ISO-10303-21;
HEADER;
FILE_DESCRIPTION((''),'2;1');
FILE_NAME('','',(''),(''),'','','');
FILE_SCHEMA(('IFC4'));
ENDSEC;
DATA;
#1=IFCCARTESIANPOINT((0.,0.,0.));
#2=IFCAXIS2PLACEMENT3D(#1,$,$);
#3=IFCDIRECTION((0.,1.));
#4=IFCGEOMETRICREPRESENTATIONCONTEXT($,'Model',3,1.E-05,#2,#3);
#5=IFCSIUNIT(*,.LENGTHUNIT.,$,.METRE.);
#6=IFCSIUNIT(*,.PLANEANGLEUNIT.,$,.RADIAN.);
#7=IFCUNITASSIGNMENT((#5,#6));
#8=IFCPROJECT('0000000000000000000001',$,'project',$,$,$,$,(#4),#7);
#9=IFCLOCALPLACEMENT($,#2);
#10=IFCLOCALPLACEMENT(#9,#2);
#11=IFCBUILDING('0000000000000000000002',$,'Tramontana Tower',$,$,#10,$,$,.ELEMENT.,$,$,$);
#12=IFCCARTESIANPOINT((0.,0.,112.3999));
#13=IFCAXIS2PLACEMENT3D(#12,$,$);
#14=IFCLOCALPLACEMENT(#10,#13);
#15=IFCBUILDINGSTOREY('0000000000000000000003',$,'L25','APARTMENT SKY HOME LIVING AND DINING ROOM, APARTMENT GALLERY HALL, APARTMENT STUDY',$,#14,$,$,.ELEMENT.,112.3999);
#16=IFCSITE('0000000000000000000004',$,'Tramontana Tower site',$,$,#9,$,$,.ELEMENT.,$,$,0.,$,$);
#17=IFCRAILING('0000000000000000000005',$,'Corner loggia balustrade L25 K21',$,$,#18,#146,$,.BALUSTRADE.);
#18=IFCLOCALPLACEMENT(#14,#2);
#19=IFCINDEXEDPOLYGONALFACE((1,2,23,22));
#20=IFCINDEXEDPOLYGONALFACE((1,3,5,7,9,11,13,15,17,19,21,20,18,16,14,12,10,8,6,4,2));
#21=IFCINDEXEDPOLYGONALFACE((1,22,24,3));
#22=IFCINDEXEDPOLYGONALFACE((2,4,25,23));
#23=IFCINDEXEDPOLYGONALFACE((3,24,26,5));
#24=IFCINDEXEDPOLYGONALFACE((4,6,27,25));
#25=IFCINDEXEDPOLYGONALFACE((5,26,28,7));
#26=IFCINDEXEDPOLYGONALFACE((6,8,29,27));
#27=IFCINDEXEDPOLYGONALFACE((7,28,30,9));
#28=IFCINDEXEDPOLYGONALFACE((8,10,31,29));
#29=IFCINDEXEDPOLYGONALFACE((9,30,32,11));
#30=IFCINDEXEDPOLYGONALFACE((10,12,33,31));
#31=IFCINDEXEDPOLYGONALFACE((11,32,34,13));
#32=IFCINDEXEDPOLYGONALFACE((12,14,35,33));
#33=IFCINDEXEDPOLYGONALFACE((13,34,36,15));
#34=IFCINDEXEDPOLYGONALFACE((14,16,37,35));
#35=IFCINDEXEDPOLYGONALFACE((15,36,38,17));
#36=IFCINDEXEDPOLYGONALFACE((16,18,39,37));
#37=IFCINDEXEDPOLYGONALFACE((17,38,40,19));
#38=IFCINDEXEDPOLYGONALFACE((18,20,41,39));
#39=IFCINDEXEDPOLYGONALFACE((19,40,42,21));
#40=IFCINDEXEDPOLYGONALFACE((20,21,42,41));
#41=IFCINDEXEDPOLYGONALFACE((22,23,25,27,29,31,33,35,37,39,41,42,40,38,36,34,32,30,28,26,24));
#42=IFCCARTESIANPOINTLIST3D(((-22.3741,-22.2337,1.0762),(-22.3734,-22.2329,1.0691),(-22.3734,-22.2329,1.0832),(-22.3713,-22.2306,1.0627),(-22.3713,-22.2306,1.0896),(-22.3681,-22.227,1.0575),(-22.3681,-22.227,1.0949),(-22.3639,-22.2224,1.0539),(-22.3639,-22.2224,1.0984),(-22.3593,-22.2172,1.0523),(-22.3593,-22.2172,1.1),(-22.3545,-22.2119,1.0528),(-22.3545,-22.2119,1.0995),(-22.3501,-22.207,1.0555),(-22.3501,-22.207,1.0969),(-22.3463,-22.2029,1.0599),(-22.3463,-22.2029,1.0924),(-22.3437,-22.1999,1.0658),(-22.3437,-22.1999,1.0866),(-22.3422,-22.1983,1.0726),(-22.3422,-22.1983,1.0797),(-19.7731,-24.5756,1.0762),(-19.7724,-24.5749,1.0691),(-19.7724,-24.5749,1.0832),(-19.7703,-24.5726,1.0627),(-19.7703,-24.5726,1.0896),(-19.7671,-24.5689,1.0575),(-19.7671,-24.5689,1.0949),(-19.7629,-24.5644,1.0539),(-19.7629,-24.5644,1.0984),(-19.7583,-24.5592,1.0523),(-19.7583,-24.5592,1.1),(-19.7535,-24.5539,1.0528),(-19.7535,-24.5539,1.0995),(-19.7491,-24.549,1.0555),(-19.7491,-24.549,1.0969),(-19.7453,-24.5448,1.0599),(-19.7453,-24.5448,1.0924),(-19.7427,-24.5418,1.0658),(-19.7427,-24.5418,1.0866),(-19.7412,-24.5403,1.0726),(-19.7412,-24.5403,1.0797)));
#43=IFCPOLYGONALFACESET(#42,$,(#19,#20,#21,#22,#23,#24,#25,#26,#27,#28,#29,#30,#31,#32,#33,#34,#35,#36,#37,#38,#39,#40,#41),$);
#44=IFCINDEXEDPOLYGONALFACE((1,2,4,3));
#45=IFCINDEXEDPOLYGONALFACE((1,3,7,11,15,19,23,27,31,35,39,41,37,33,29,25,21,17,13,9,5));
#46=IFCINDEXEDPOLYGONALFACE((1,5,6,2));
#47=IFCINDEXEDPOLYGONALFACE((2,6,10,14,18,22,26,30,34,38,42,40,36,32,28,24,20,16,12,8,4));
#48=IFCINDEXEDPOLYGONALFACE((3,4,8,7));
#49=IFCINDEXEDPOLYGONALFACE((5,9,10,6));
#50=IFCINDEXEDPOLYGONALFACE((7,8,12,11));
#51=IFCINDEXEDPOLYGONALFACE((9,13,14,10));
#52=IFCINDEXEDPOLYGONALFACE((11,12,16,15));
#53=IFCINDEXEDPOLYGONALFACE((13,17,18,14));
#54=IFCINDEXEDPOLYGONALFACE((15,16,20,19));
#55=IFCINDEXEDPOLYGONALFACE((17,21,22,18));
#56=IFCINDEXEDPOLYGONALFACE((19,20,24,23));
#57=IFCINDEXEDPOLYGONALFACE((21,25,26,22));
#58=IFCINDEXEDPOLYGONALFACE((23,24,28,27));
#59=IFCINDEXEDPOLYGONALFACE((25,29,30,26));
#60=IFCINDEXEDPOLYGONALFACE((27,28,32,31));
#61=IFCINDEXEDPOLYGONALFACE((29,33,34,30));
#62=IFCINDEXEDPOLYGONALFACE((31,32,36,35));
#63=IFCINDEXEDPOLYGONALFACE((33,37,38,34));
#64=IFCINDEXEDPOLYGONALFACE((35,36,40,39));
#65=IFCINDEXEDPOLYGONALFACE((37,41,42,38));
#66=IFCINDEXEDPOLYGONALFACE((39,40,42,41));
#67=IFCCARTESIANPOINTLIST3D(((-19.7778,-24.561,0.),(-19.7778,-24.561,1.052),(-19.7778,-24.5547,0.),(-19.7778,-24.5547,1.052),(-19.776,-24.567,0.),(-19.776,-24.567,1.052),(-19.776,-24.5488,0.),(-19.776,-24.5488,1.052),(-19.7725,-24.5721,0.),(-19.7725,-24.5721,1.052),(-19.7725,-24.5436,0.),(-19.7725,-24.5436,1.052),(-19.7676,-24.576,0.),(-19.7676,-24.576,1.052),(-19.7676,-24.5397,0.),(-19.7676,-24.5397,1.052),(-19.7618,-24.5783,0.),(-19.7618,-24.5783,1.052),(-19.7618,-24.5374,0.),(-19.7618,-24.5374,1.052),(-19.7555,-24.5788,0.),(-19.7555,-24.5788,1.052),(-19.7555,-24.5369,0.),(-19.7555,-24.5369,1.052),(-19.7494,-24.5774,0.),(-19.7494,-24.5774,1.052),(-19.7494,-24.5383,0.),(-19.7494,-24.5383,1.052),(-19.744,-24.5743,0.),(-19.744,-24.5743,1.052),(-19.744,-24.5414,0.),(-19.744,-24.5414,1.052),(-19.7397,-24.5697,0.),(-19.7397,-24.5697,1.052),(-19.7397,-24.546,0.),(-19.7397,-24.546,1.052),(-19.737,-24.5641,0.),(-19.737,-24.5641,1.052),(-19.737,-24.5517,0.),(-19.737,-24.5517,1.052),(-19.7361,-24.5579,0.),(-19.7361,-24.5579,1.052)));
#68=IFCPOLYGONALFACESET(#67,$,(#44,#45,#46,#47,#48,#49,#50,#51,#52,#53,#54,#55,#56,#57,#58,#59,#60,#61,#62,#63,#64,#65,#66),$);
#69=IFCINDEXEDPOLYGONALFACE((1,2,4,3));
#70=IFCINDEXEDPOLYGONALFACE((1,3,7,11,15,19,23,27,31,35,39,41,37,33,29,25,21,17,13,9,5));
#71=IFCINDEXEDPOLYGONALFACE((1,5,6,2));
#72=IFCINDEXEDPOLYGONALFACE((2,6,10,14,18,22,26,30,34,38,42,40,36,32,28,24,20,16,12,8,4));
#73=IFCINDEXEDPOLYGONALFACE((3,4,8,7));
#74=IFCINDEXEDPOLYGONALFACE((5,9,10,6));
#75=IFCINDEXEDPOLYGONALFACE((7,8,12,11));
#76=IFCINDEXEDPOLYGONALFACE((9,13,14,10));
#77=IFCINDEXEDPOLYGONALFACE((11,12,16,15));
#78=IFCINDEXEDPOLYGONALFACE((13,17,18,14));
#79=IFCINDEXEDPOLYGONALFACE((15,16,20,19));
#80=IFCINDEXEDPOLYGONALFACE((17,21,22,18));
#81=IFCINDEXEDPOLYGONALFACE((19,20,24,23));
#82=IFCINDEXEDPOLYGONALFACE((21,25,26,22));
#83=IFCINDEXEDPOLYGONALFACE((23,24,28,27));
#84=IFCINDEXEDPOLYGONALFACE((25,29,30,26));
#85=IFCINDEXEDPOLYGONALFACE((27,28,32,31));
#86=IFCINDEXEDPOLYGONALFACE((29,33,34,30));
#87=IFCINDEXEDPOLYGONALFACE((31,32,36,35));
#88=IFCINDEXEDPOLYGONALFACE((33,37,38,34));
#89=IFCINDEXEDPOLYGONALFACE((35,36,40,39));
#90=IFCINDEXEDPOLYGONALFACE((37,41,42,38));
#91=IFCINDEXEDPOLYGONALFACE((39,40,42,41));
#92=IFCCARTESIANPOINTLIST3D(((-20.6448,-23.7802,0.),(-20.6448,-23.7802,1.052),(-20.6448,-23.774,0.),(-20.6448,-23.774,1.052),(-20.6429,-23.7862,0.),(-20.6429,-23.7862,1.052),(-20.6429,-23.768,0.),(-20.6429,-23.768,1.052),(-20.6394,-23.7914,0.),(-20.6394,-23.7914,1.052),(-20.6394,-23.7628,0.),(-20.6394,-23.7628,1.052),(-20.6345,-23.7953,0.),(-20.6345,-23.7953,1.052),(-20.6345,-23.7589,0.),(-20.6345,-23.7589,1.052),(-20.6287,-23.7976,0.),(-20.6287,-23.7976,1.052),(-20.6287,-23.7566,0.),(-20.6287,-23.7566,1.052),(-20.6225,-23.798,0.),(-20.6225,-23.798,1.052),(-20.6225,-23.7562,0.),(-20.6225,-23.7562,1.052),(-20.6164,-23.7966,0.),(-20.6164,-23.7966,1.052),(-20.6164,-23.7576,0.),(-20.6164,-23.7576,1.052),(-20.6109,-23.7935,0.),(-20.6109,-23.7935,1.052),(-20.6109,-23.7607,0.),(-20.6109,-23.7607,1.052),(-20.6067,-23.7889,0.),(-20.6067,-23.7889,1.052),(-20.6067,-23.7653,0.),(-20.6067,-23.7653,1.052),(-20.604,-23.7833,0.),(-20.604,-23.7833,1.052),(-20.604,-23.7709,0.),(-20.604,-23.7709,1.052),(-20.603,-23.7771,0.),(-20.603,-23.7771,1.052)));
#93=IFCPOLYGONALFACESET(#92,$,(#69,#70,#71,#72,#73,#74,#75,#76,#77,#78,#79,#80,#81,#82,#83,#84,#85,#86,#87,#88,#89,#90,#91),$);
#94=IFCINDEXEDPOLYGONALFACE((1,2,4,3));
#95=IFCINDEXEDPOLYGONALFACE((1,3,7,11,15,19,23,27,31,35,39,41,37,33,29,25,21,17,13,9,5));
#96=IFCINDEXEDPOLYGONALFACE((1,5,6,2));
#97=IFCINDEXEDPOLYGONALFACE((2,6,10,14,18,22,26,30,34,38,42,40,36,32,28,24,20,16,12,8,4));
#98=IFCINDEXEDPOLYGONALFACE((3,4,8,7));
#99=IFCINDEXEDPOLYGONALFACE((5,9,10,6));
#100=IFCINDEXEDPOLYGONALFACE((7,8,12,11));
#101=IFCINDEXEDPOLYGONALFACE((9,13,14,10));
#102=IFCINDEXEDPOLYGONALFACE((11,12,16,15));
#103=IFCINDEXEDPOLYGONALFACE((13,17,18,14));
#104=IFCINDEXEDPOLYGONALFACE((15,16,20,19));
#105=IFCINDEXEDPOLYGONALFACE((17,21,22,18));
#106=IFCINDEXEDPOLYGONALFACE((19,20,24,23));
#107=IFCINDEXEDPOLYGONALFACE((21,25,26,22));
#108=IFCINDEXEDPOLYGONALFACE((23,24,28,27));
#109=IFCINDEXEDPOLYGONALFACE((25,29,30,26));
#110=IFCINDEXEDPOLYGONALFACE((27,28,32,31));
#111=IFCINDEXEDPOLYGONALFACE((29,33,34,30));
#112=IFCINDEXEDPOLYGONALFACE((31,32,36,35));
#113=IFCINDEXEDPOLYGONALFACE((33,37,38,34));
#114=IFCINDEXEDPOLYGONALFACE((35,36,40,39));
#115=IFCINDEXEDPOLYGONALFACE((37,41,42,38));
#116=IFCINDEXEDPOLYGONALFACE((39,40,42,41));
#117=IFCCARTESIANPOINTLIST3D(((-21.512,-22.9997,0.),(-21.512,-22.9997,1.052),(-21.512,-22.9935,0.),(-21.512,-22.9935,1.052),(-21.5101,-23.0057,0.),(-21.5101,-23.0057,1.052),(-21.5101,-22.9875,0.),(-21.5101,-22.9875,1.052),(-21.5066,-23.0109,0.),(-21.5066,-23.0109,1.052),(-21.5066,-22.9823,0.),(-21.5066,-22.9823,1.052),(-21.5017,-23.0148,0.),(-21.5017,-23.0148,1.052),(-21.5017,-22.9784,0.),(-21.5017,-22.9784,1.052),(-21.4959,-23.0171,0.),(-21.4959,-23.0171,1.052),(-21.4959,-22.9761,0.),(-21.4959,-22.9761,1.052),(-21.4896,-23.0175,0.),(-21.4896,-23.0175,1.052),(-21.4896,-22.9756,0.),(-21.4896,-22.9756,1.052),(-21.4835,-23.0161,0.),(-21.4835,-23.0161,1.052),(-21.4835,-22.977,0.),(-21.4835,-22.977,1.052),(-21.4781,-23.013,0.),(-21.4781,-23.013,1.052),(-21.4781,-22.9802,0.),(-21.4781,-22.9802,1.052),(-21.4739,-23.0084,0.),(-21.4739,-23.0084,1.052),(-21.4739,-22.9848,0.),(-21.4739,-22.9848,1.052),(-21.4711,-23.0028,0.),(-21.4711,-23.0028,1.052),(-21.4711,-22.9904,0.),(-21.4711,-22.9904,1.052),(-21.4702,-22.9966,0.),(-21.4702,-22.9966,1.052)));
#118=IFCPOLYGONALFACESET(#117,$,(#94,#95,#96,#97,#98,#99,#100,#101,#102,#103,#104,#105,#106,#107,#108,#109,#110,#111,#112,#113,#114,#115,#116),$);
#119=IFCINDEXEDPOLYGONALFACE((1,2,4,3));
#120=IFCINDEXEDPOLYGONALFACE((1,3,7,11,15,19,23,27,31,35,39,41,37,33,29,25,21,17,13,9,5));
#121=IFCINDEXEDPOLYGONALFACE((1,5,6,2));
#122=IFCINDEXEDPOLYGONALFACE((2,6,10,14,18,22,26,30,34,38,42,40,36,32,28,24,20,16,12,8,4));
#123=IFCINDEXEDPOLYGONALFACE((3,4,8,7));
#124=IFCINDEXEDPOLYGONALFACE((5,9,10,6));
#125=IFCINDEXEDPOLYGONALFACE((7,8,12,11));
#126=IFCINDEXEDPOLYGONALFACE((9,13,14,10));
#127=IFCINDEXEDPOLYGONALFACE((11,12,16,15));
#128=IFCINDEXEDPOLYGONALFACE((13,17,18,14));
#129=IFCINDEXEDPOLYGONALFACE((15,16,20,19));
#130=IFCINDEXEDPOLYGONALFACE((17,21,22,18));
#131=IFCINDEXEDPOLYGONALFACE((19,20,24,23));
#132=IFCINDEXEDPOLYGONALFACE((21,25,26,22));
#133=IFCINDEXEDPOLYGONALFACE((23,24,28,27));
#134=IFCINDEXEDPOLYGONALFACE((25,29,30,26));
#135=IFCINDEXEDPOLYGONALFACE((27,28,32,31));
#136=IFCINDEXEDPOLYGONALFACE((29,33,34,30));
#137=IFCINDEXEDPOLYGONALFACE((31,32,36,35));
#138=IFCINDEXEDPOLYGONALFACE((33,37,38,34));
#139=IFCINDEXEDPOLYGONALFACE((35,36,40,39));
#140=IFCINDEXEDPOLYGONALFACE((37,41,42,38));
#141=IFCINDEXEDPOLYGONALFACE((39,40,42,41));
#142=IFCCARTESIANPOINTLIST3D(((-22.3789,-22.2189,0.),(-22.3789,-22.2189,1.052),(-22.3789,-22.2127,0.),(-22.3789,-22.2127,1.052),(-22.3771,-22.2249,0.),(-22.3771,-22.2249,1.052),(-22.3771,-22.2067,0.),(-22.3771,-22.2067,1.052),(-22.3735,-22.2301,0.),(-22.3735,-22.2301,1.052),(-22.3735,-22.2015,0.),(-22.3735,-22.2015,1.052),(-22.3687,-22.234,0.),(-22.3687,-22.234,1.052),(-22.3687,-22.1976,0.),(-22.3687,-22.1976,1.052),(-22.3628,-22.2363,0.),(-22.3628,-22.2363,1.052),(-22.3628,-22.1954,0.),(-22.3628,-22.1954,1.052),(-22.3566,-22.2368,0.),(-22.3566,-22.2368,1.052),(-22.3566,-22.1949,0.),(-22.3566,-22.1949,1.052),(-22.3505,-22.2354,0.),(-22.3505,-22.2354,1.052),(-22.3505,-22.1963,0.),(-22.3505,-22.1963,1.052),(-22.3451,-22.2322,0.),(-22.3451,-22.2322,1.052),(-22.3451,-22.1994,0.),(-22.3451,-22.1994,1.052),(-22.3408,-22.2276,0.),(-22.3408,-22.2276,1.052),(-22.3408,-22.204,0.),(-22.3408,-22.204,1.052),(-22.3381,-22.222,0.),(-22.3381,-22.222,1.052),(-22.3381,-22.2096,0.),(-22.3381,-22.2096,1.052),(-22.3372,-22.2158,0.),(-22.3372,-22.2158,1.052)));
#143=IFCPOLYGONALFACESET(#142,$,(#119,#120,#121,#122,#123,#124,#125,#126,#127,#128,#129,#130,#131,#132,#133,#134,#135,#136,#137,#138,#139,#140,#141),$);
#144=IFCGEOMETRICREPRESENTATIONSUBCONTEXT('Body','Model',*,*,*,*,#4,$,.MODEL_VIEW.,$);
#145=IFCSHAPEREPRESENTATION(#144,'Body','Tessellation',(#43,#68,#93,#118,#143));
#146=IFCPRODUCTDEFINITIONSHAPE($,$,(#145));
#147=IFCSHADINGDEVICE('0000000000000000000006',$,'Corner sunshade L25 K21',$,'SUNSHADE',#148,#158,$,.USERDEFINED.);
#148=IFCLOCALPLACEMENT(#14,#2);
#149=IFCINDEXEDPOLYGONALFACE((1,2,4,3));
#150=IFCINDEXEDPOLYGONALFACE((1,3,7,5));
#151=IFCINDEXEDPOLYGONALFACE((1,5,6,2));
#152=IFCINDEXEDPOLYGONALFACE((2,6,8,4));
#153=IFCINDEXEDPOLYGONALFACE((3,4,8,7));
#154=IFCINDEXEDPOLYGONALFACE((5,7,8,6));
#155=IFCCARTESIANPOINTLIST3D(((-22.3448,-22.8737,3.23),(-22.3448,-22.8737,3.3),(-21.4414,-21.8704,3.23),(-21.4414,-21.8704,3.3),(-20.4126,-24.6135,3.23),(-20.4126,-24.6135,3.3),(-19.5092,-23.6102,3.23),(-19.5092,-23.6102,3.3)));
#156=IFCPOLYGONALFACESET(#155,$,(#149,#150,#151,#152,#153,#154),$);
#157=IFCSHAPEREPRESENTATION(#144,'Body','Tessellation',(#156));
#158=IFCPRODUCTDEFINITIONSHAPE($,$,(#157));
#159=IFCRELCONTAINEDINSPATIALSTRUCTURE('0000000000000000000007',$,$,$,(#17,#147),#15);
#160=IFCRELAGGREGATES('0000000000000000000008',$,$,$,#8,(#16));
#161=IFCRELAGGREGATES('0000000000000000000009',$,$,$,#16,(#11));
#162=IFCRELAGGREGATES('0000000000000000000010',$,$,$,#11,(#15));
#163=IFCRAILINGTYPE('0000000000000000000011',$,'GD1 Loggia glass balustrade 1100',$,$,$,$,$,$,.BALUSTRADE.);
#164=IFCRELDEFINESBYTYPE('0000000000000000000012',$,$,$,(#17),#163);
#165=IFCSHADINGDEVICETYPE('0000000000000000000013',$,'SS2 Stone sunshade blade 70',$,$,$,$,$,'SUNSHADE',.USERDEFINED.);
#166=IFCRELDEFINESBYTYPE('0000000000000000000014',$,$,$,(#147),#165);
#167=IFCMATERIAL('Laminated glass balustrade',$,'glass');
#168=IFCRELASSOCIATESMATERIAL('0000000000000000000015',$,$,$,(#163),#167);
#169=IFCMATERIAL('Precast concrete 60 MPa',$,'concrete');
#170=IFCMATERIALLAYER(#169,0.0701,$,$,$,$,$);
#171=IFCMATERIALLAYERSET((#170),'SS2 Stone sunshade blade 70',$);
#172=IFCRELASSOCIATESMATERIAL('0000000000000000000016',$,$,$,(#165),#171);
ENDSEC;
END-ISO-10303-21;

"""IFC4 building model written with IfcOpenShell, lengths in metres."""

from ifc_helpers import new_model, si_unit, direction, frame, origin, origin_2d, place, context, subcontext, project, spatial, rectangle, circle, extrude, material, layer, layer_set, type_object, element, save


model = new_model("IFC4")

# Units and contexts
model_context = context("Model", 3, precision=1e-05, world=origin(), true_north=direction((0.0, 1.0)))
body_context = subcontext(model_context, "Body", "Model", "MODEL_VIEW")
ifc_project = project(units=[si_unit("LENGTHUNIT", "METRE"), si_unit("PLANEANGLEUNIT", "RADIAN")], contexts=[model_context])

# Site, building, storey
site_placement = place(None, origin())
site = spatial("IfcSite", under=ifc_project, at=site_placement, Name="Tramontana Tower site", CompositionType="ELEMENT", RefElevation=0.0)
building_placement = place(site_placement, origin())
building = spatial("IfcBuilding", under=site, at=building_placement, Name="Tramontana Tower", CompositionType="ELEMENT")
storey_placement = place(building_placement, frame((0.0, 0.0, 112.3999)))
storey = spatial("IfcBuildingStorey", under=building, at=storey_placement, Name="L25", Description="APARTMENT SKY HOME LIVING AND DINING ROOM, APARTMENT GALLERY HALL, APARTMENT STUDY", CompositionType="ELEMENT", Elevation=112.3999)

# Railing
ifc_material_1 = material(Name="Laminated glass balustrade", Category="glass")
railing_type = type_object("IfcRailingType", Name="GD1 Loggia glass balustrade 1100", PredefinedType="BALUSTRADE", material=ifc_material_1)
railing_1_placement = place(storey_placement, frame((-19.7571, -24.5579, 0.0)))
element("IfcRailing", 1, at=railing_1_placement, inside=storey, type_object=railing_type, Name="Corner loggia balustrade L25 K21", PredefinedType="BALUSTRADE", context=body_context, shape_type="SweptSolid", body=[
    extrude(circle(Radius=0.0239, at=origin_2d()), frame((0.0, 0.0, 1.0762), z_axis=(-0.743142, 0.669134, 0.0), x_axis=(-0.669134, -0.743142, 0.0)), (0.0, 0.0, 1.0), 3.5),
    extrude(circle(Radius=0.021, at=origin_2d()), origin(), (0.0, 0.0, 1.0), 1.052),
    extrude(circle(Radius=0.021, at=origin_2d()), frame((-0.8669, 0.7808, 0.0)), (0.0, 0.0, 1.0), 1.052),
    extrude(circle(Radius=0.021, at=origin_2d()), frame((-1.7341, 1.5613, 0.0)), (0.0, 0.0, 1.0), 1.052),
    extrude(circle(Radius=0.021, at=origin_2d()), frame((-2.6011, 2.342, 0.0)), (0.0, 0.0, 1.0), 1.052),
])

# Shading device
ifc_material_2 = material(Name="Precast concrete 60 MPa", Category="concrete")
ifc_layer_1 = layer(ifc_material_2, 0.0701)
ifc_layer_set_1 = layer_set([ifc_layer_1], Name="SS2 Stone sunshade blade 70")
shading_device_type = type_object("IfcShadingDeviceType", Name="SS2 Stone sunshade blade 70", ElementType="SUNSHADE", PredefinedType="USERDEFINED", material=ifc_layer_set_1)
shading_device_placement = place(storey_placement, frame((-20.927, -23.2419, 3.23), z_axis=(0.0, 0.0, 1.0), x_axis=(-0.743145, 0.669131, 0.0)))
element("IfcShadingDevice", 2, at=shading_device_placement, inside=storey, type_object=shading_device_type, Name="Corner sunshade L25 K21", ObjectType="SUNSHADE", PredefinedType="USERDEFINED", context=body_context, shape_type="SweptSolid", body=[
    extrude(rectangle(XDim=2.6001, YDim=1.3501, at=origin_2d()), origin(), (0.0, 0.0, 1.0), 0.0701),
])

save(model, "model.ifc")
